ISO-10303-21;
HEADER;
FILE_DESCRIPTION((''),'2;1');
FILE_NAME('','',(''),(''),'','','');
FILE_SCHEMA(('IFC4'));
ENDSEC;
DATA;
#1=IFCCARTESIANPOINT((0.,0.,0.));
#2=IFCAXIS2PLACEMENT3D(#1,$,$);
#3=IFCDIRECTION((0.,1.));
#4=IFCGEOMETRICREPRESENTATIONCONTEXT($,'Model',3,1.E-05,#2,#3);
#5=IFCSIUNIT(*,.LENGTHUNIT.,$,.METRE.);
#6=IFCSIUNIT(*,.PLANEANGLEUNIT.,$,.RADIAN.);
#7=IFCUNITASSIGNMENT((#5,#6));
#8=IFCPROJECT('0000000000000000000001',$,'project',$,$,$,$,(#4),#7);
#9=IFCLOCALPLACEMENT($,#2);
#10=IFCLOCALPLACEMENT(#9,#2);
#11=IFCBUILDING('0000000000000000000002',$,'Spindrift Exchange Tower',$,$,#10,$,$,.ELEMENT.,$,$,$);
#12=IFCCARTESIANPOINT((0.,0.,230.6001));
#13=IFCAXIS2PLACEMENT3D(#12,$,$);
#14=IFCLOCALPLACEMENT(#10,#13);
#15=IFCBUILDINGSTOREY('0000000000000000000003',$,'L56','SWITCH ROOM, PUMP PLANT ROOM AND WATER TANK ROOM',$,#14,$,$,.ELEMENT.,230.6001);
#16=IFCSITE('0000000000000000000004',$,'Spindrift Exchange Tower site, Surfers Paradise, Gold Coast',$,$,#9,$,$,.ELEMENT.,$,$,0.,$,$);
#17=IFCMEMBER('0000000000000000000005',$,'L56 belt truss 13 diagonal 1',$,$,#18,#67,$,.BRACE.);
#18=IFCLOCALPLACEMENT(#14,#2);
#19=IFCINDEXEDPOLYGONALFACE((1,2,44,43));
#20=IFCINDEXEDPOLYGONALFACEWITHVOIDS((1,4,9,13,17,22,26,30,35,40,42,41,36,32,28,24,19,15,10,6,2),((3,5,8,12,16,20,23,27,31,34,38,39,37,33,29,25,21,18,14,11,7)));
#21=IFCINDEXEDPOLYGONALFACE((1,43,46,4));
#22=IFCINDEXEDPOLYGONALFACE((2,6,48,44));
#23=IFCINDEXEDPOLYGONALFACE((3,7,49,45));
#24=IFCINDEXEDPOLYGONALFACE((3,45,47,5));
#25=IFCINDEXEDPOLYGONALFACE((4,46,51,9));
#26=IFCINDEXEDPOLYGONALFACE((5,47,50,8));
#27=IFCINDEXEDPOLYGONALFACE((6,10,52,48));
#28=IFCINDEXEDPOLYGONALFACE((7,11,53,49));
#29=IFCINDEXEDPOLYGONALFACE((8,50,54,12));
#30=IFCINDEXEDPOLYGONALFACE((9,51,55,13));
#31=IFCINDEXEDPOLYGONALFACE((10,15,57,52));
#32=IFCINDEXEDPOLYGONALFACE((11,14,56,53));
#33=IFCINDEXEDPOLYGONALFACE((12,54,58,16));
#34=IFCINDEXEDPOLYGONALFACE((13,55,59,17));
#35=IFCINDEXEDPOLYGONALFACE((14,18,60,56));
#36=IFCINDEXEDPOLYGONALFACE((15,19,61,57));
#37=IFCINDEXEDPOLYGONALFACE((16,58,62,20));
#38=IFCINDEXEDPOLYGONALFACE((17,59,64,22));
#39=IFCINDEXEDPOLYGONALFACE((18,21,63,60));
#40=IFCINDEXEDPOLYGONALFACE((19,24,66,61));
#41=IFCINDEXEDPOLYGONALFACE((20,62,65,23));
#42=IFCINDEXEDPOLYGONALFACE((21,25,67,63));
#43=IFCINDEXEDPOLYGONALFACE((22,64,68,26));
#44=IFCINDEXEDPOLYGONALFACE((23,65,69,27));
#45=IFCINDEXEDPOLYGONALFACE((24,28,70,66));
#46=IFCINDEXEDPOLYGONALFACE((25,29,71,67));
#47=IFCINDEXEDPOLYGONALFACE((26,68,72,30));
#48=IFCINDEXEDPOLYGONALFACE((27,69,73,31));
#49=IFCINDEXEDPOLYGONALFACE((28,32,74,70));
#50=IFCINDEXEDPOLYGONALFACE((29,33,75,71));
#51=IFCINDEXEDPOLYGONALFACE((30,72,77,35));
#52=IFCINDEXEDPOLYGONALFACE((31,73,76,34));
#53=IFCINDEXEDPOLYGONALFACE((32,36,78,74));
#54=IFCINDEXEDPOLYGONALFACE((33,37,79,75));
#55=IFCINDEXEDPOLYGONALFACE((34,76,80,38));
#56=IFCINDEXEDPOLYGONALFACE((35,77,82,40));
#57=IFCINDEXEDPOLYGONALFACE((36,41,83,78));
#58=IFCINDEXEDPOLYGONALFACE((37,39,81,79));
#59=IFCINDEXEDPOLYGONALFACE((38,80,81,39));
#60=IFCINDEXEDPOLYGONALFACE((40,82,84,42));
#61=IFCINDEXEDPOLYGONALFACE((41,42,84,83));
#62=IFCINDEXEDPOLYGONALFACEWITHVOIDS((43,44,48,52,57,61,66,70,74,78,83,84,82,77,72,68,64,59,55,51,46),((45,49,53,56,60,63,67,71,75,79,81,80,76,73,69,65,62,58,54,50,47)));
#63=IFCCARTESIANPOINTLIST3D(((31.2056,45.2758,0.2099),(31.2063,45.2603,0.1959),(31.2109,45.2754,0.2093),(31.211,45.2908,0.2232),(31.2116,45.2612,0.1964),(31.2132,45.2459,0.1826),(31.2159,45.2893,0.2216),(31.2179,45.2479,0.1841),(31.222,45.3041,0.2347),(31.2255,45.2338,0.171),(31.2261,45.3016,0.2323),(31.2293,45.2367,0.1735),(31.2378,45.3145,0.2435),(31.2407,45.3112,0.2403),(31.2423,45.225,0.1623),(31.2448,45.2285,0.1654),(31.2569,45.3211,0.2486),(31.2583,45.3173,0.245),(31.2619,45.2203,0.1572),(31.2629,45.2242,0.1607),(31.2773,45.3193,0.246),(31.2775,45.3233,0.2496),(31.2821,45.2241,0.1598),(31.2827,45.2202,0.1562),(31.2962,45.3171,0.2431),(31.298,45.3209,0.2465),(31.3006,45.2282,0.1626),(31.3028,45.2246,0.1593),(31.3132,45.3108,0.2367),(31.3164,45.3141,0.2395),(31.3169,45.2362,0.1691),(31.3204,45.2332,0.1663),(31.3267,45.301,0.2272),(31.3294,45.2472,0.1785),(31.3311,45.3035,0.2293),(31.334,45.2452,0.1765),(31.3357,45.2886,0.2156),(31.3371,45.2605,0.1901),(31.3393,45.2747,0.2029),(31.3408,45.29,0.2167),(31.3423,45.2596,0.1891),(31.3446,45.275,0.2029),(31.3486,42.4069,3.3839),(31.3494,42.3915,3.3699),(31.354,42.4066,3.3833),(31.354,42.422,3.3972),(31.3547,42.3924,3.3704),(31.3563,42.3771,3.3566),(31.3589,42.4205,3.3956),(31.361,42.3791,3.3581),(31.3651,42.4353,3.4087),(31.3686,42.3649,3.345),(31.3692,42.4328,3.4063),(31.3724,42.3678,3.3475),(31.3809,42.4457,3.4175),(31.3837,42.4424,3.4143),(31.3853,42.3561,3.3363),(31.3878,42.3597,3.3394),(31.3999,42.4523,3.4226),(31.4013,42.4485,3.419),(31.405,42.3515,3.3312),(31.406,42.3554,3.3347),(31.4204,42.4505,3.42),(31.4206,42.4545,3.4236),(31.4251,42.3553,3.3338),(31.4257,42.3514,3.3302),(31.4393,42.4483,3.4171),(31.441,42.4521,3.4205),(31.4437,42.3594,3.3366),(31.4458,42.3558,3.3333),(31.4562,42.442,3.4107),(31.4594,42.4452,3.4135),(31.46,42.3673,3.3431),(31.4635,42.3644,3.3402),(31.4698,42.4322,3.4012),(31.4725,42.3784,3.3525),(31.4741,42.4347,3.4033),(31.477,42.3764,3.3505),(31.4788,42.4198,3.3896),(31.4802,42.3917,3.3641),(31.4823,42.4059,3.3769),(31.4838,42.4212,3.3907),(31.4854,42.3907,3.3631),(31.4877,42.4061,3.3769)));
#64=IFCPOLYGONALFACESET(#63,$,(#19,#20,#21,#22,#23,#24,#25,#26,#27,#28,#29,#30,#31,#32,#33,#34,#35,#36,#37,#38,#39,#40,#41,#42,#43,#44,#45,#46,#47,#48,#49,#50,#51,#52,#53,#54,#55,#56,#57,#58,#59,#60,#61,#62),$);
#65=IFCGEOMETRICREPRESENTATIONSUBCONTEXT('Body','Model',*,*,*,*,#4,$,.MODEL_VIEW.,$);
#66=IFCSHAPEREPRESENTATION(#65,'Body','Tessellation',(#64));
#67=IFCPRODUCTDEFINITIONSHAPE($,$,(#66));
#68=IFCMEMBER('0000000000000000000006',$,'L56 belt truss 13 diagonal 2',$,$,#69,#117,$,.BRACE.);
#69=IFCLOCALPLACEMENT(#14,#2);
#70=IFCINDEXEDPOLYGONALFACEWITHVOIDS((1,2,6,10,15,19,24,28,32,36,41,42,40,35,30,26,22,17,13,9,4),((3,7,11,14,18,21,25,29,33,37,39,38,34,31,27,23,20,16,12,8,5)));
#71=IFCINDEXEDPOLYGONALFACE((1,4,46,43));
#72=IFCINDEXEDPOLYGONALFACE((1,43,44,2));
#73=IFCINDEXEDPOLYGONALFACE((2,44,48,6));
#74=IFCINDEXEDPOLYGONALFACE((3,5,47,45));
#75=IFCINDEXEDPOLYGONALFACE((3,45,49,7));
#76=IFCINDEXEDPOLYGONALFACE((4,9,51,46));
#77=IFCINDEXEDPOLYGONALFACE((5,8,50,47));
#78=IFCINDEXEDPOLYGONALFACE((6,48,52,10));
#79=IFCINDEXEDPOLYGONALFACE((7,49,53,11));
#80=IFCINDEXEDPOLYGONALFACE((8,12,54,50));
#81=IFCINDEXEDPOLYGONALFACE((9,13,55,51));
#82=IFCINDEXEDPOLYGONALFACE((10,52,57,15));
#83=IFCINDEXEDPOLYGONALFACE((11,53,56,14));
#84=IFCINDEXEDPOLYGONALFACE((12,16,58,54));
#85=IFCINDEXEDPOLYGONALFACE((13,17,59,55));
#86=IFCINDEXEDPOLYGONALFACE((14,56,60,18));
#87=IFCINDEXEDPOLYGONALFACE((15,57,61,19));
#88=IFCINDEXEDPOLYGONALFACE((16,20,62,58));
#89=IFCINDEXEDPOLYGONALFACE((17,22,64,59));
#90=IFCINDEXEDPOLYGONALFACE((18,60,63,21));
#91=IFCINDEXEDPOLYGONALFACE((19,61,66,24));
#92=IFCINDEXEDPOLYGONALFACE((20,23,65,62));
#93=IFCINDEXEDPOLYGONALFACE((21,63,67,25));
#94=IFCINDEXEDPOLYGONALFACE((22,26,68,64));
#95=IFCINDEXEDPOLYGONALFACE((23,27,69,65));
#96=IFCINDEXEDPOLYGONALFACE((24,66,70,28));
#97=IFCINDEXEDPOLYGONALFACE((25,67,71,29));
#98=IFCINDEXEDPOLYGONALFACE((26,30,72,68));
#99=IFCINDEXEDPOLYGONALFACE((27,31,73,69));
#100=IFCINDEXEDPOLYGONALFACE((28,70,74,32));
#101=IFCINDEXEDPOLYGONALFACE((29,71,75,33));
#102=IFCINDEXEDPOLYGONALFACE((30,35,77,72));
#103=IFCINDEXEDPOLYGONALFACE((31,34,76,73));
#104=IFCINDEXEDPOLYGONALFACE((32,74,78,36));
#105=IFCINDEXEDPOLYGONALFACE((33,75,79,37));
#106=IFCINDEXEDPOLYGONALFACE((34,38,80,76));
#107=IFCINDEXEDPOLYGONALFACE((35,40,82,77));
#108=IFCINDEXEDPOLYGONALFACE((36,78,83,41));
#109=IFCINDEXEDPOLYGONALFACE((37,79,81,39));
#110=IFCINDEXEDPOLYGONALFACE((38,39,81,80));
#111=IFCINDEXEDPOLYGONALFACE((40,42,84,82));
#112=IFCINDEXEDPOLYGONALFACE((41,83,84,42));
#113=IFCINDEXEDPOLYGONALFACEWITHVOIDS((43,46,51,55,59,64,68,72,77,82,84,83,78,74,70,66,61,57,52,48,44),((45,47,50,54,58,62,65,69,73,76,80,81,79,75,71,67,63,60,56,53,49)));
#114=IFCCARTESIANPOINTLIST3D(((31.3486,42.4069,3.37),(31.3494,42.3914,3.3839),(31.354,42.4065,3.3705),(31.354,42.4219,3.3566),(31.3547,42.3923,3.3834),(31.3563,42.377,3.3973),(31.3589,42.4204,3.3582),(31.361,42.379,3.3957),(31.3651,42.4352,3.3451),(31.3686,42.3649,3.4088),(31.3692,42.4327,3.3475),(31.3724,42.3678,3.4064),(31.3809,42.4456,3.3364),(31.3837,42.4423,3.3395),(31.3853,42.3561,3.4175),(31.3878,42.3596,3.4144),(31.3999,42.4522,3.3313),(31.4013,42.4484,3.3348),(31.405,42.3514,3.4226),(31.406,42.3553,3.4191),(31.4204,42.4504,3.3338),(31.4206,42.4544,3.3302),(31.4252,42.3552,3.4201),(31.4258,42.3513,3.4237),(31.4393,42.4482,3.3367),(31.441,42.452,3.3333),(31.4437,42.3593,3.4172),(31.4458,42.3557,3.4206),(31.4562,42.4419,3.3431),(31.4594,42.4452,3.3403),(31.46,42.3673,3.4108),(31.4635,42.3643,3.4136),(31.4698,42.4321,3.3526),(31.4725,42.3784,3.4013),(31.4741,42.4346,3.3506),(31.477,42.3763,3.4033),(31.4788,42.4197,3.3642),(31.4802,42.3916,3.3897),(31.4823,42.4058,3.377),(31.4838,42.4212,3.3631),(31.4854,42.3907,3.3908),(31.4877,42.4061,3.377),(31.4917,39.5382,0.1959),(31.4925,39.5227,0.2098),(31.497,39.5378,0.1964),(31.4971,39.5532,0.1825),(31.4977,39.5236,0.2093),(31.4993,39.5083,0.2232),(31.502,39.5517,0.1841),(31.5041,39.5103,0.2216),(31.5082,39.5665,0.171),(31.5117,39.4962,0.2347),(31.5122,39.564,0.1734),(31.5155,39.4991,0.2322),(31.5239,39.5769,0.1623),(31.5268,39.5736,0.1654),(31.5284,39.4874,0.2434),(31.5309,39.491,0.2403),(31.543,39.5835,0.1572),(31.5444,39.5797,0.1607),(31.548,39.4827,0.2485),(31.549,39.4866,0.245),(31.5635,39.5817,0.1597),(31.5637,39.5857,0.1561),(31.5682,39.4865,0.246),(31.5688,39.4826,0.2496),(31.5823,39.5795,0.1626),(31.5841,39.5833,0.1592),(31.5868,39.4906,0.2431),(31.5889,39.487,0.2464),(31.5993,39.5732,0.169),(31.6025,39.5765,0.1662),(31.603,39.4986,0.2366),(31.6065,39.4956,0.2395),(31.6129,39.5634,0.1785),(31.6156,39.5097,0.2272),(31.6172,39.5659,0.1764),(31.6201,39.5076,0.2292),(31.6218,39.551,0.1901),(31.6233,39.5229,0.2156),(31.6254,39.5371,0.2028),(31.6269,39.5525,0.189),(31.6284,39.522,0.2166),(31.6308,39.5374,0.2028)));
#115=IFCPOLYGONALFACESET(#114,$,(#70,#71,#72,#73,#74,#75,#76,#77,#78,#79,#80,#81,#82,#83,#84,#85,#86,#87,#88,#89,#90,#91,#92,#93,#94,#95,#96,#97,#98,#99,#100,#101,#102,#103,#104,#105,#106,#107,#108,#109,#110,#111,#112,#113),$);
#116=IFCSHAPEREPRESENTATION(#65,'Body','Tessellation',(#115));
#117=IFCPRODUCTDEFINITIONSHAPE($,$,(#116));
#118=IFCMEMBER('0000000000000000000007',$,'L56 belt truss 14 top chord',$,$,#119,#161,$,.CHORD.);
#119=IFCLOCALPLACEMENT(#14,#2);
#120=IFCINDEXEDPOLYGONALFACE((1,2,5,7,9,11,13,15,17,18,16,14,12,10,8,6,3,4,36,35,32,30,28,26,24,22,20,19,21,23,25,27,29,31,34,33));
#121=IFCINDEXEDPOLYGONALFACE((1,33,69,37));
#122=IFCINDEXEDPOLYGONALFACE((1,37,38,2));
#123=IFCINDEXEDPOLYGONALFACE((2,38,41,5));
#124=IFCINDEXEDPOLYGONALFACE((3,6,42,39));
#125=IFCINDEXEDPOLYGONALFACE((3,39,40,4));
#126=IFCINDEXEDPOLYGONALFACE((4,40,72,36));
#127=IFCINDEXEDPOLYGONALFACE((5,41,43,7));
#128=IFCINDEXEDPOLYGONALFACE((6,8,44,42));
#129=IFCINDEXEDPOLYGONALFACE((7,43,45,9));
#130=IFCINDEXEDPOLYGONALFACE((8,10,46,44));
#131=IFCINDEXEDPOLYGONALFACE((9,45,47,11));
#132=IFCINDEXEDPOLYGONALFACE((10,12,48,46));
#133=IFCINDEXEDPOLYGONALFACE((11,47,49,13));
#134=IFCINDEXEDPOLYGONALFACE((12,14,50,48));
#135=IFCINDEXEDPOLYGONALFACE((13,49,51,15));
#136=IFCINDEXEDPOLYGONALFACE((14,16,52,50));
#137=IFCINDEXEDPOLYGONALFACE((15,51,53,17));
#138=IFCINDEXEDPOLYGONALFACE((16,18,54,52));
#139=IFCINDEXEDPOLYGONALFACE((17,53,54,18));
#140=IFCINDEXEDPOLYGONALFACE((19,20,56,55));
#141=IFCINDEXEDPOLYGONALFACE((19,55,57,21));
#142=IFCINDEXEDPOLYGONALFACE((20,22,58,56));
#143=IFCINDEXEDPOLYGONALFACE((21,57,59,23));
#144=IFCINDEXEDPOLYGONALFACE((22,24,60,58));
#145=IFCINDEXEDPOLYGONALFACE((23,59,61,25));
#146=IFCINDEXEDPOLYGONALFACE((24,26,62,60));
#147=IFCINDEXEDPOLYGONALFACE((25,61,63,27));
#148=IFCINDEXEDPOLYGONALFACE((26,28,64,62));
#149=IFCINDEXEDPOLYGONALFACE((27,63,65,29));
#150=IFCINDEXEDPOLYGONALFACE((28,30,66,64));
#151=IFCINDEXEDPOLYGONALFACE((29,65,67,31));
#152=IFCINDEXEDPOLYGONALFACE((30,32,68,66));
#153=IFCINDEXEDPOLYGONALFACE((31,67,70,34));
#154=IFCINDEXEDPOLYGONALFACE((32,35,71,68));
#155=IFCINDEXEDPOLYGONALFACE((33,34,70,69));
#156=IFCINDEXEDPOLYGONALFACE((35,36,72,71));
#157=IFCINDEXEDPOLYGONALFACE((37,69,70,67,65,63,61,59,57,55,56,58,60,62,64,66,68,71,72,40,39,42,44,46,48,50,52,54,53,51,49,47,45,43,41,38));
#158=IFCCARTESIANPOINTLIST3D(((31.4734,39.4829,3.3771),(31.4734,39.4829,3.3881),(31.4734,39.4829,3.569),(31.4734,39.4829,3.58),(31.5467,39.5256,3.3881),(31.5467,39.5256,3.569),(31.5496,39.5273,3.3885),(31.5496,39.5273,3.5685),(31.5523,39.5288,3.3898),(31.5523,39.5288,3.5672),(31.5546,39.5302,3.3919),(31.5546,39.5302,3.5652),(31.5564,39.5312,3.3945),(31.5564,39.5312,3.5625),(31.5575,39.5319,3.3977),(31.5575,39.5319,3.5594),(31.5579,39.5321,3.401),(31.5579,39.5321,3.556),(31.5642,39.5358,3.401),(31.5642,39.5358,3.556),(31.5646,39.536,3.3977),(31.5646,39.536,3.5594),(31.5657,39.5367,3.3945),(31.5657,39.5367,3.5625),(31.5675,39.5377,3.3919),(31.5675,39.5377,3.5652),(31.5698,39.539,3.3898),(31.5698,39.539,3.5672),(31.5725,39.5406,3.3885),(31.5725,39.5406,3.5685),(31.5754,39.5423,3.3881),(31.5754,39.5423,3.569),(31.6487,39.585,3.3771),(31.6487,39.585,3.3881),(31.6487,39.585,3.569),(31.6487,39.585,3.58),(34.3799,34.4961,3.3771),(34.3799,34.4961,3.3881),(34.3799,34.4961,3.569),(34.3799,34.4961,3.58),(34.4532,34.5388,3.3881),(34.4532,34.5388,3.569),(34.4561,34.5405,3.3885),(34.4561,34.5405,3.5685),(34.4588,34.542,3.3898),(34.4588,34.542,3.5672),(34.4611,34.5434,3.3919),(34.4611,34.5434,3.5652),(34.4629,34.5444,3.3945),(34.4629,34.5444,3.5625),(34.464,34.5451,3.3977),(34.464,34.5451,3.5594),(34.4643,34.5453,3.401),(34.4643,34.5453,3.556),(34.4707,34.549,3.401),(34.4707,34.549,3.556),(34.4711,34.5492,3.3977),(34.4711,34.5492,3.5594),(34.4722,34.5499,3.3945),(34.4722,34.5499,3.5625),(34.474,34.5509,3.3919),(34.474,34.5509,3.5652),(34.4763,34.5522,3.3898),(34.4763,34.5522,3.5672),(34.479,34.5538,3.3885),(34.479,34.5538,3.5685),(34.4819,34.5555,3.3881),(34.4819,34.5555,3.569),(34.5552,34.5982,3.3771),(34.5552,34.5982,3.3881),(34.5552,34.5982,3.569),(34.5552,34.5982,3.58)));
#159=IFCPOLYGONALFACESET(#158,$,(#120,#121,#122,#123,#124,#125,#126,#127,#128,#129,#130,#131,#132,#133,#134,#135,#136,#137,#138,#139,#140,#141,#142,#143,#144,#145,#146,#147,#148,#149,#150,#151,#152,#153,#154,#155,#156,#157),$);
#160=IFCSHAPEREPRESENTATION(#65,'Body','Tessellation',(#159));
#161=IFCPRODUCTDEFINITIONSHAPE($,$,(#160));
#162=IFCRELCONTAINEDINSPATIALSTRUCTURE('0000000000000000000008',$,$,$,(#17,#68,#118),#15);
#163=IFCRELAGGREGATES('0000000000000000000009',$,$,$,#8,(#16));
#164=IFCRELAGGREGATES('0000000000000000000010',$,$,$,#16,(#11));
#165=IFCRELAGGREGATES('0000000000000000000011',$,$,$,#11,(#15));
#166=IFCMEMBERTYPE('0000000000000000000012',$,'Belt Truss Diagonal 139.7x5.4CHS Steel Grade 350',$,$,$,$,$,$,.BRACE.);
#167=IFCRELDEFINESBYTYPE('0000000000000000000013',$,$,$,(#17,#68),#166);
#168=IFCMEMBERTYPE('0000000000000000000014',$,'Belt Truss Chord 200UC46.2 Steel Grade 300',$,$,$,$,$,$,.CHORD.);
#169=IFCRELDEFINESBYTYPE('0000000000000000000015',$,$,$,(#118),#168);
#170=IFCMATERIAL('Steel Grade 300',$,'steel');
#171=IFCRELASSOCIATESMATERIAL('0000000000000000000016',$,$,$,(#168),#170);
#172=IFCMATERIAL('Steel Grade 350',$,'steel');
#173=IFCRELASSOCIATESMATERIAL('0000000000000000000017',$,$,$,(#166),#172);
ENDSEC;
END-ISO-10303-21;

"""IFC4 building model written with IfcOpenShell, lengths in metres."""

from ifc_helpers import new_model, si_unit, direction, frame, origin, origin_2d, place, context, subcontext, project, spatial, hollow_circle, i_section, extrude, source, transform, mapped, material, material_profile, profile_set, type_object, element, save


model = new_model("IFC4")

# Units and contexts
model_context = context("Model", 3, precision=1e-05, world=origin(), true_north=direction((0.0, 1.0)))
body_context = subcontext(model_context, "Body", "Model", "MODEL_VIEW")
ifc_project = project(units=[si_unit("LENGTHUNIT", "METRE"), si_unit("PLANEANGLEUNIT", "RADIAN")], contexts=[model_context])

# Site, building, storey
site_placement = place(None, origin())
site = spatial("IfcSite", under=ifc_project, at=site_placement, Name="Spindrift Exchange Tower site, Surfers Paradise, Gold Coast", CompositionType="ELEMENT", RefElevation=0.0)
building_placement = place(site_placement, origin())
building = spatial("IfcBuilding", under=site, at=building_placement, Name="Spindrift Exchange Tower", CompositionType="ELEMENT")
storey_placement = place(building_placement, frame((0.0, 0.0, 230.6001)))
storey = spatial("IfcBuildingStorey", under=building, at=storey_placement, Name="L56", Description="SWITCH ROOM, PUMP PLANT ROOM AND WATER TANK ROOM", CompositionType="ELEMENT", Elevation=230.6001)

# Shared definitions
ifc_material_1 = material(Name="Steel Grade 300", Category="steel")

# Members
ifc_material_profile_1 = material_profile(ifc_material_1, i_section(OverallWidth=0.2029, OverallDepth=0.2029, WebThickness=0.0073, FlangeThickness=0.011, FilletRadius=0.0129, at=origin_2d()), Name="200UC46.2")
ifc_profile_set_1 = profile_set([ifc_material_profile_1], Name="Steel Grade 300")
member_type_1 = type_object("IfcMemberType", Name="Belt Truss Chord 200UC46.2 Steel Grade 300", PredefinedType="CHORD", material=ifc_profile_set_1)
ifc_material_2 = material(Name="Steel Grade 350", Category="steel")
ifc_material_profile_2 = material_profile(ifc_material_2, hollow_circle(Radius=0.0698, WallThickness=0.0054, at=origin_2d()), Name="139.7x5.4CHS")
ifc_profile_set_2 = profile_set([ifc_material_profile_2], Name="Steel Grade 350")
member_type_2 = type_object("IfcMemberType", Name="Belt Truss Diagonal 139.7x5.4CHS Steel Grade 350", PredefinedType="BRACE", material=ifc_profile_set_2)
shared_shape_1 = source(origin(), body_context, "Body", "SweptSolid", [
    extrude(hollow_circle(Radius=0.0698, WallThickness=0.0054, at=origin_2d()), origin(), (0.0, 0.0, 1.0), 4.2808),
])
for number, where, z_axis, x_axis, name in (
    (1, (31.2749, 45.2715, 0.2029), (0.03342, -0.670168, 0.741457), (0.998759, 0.049806, 0.0), "L56 belt truss 13 diagonal 1"),
    (2, (31.418, 42.4026, 3.377), (0.033421, -0.670137, -0.741485), (0.998759, 0.04981, 0.0), "L56 belt truss 13 diagonal 2"),
):
    element("IfcMember", number, at=place(storey_placement, frame(where, z_axis=z_axis, x_axis=x_axis)), inside=storey, type_object=member_type_2, Name=name, PredefinedType="BRACE", context=body_context, shape_type="MappedRepresentation", body=[
        mapped(shared_shape_1, transform((0.0, 0.0, 0.0), scale=1.0)),
    ])
shared_shape_2 = source(origin(), body_context, "Body", "SweptSolid", [
    extrude(i_section(OverallWidth=0.2029, OverallDepth=0.2029, WebThickness=0.0073, FlangeThickness=0.011, FilletRadius=0.0129, at=origin_2d()), origin(), (0.0, 0.0, 1.0), 5.772),
])
for number, where, z_axis, x_axis, name in (
    (3, (31.561, 39.5339, 3.4785), (0.50355, -0.863966, 0.0), (0.863966, 0.50355, 0.0), "L56 belt truss 14 top chord"),
):
    element("IfcMember", number, at=place(storey_placement, frame(where, z_axis=z_axis, x_axis=x_axis)), inside=storey, type_object=member_type_1, Name=name, PredefinedType="CHORD", context=body_context, shape_type="MappedRepresentation", body=[
        mapped(shared_shape_2, transform((0.0, 0.0, 0.0), scale=1.0)),
    ])

save(model, "model.ifc")
